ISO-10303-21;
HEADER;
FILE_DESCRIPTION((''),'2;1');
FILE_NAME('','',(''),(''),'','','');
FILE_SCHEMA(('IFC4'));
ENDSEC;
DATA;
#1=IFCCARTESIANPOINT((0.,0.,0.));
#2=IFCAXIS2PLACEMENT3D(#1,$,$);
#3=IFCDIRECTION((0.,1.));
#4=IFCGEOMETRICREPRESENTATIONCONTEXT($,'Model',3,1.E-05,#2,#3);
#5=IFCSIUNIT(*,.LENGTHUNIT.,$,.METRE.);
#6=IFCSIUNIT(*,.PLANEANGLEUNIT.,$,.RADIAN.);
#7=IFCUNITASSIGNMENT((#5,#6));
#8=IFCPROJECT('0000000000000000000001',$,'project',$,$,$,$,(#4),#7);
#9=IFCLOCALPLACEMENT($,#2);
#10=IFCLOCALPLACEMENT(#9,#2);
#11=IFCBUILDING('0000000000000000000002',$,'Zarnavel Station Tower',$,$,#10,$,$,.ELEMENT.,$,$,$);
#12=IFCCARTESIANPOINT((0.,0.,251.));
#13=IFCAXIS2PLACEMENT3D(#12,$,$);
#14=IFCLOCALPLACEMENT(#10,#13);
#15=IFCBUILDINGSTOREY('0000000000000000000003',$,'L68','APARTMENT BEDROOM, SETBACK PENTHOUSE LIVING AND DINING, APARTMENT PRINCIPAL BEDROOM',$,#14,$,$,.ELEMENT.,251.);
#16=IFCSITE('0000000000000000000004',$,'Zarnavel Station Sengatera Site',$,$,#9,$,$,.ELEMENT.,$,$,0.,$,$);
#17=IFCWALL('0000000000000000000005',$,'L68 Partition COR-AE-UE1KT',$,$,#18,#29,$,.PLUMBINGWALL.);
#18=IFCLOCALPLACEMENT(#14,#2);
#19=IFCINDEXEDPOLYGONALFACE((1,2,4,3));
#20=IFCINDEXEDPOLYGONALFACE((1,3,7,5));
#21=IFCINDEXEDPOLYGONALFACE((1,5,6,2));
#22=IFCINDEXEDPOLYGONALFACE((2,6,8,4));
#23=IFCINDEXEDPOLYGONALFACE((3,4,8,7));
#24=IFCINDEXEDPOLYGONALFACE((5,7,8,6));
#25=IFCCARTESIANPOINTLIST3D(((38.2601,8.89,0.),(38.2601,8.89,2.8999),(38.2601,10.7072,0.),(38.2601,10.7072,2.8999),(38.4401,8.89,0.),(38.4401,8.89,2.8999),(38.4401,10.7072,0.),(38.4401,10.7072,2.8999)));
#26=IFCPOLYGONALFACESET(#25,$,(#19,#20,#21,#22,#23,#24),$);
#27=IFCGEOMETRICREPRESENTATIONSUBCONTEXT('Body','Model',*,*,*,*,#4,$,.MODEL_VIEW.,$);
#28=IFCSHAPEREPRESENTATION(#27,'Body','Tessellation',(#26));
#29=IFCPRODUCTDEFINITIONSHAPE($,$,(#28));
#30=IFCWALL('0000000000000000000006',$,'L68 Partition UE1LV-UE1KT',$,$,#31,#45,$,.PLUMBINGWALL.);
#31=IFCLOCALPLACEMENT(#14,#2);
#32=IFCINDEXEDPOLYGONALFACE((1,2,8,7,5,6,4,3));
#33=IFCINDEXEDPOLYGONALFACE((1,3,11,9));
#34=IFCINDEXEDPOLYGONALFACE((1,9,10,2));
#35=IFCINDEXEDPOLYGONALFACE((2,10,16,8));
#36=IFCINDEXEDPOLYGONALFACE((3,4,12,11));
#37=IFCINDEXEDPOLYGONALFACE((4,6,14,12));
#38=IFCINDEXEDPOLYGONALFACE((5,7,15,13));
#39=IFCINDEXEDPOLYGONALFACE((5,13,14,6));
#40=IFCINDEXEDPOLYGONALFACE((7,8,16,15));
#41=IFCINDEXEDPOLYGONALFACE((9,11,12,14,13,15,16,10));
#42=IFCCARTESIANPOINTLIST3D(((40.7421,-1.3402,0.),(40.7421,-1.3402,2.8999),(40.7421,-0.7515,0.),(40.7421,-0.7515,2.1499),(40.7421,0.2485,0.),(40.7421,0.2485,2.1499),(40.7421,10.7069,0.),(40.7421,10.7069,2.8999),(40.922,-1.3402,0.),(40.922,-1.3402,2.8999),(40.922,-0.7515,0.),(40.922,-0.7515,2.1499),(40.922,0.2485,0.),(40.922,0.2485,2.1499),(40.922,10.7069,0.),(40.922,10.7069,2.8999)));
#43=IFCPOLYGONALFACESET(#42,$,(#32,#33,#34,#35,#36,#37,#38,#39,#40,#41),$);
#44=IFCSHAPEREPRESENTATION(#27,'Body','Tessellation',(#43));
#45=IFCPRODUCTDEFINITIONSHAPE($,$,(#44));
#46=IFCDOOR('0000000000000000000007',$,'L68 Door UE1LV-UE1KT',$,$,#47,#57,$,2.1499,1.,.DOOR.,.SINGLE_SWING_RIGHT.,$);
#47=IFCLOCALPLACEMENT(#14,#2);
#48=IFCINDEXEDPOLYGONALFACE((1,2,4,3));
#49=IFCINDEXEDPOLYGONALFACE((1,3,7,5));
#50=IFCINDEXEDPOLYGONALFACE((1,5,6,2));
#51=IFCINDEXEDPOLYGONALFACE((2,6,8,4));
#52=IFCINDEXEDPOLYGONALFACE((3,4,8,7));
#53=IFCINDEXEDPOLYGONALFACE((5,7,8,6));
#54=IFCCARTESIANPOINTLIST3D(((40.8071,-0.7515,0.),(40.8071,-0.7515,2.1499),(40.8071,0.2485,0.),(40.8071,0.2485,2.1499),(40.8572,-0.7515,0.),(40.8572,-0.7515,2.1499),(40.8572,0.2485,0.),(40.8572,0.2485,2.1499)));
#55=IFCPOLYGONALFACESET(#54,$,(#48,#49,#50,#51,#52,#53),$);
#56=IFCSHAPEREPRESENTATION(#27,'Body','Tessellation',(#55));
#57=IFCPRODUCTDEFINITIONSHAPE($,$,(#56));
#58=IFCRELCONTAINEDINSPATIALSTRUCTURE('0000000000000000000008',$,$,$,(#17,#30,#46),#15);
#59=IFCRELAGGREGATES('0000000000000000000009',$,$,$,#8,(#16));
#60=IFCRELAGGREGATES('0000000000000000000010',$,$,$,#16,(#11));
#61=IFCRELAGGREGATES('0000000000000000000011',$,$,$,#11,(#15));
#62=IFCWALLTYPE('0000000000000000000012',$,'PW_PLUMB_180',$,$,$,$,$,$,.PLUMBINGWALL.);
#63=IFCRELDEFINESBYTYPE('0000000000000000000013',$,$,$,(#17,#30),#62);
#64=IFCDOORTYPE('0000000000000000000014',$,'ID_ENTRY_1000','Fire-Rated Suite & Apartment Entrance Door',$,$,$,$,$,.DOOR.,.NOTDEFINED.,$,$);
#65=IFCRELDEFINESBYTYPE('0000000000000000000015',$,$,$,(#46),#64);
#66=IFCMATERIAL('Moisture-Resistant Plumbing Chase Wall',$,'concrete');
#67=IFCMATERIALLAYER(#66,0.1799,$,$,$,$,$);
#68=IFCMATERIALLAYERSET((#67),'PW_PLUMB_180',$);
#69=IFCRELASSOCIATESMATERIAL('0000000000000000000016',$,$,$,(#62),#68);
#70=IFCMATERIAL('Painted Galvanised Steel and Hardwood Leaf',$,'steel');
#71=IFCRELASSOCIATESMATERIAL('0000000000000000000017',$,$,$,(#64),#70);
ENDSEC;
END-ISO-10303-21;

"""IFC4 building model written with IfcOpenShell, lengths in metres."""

from ifc_helpers import new_model, si_unit, direction, frame, frame_2d, origin, place, context, subcontext, project, spatial, rectangle, extrude, material, layer, layer_set, type_object, element, fill, save


model = new_model("IFC4")

# Units and contexts
model_context = context("Model", 3, precision=1e-05, world=origin(), true_north=direction((0.0, 1.0)))
body_context = subcontext(model_context, "Body", "Model", "MODEL_VIEW")
ifc_project = project(units=[si_unit("LENGTHUNIT", "METRE"), si_unit("PLANEANGLEUNIT", "RADIAN")], contexts=[model_context])

# Site, building, storey
site_placement = place(None, origin())
site = spatial("IfcSite", under=ifc_project, at=site_placement, Name="Zarnavel Station Sengatera Site", CompositionType="ELEMENT", RefElevation=0.0)
building_placement = place(site_placement, origin())
building = spatial("IfcBuilding", under=site, at=building_placement, Name="Zarnavel Station Tower", CompositionType="ELEMENT")
storey_placement = place(building_placement, frame((0.0, 0.0, 251.0)))
storey = spatial("IfcBuildingStorey", under=building, at=storey_placement, Name="L68", Description="APARTMENT BEDROOM, SETBACK PENTHOUSE LIVING AND DINING, APARTMENT PRINCIPAL BEDROOM", CompositionType="ELEMENT", Elevation=251.0)

# Wall
ifc_material_1 = material(Name="Moisture-Resistant Plumbing Chase Wall", Category="concrete")
ifc_layer_1 = layer(ifc_material_1, 0.1799)
ifc_layer_set_1 = layer_set([ifc_layer_1], Name="PW_PLUMB_180")
wall_type_1 = type_object("IfcWallType", Name="PW_PLUMB_180", PredefinedType="PLUMBINGWALL", material=ifc_layer_set_1)
wall_1_placement = place(storey_placement, frame((38.3501, 8.8899, 0.0), z_axis=(0.0, 0.0, 1.0), x_axis=(0.0, 1.0, 0.0)))
element("IfcWall", 1, at=wall_1_placement, inside=storey, type_object=wall_type_1, Name="L68 Partition COR-AE-UE1KT", PredefinedType="PLUMBINGWALL", context=body_context, shape_type="SweptSolid", body=[
    extrude(rectangle(XDim=1.8171, YDim=0.1799, at=frame_2d((0.9087, 0.0))), origin(), (0.0, 0.0, 1.0), 2.8999),
])

# Wall, opening, door
wall_2_placement = place(storey_placement, frame((40.832, -1.3401, 0.0), z_axis=(0.0, 0.0, 1.0), x_axis=(0.0, 1.0, 0.0)))
wall_2 = element("IfcWall", 2, at=wall_2_placement, inside=storey, type_object=wall_type_1, Name="L68 Partition UE1LV-UE1KT", PredefinedType="PLUMBINGWALL", context=body_context, shape_type="SweptSolid", body=[
    extrude(rectangle(XDim=12.0471, YDim=0.1799, at=frame_2d((6.0234, 0.0))), origin(), (0.0, 0.0, 1.0), 2.8999),
])
opening_placement = place(wall_2_placement, frame((0.5886, 0.0, 0.0)))
opening = element("IfcOpeningElement", 3, at=opening_placement, cuts=wall_2, PredefinedType="OPENING", context=body_context, shape_type="SweptSolid", body=[
    extrude(rectangle(XDim=1.0, YDim=2.1499, at=frame_2d((0.5, 1.075))), frame((0.0, 0.0999, 0.0), z_axis=(0.0, -1.0, 0.0), x_axis=(1.0, 0.0, 0.0)), (0.0, 0.0, 1.0), 0.2),
])
ifc_material_2 = material(Name="Painted Galvanised Steel and Hardwood Leaf", Category="steel")
door_type = type_object("IfcDoorType", Name="ID_ENTRY_1000", Description="Fire-Rated Suite & Apartment Entrance Door", OperationType="NOTDEFINED", PredefinedType="DOOR", material=ifc_material_2)
door_placement = place(opening_placement, origin())
door = element("IfcDoor", 4, at=door_placement, inside=storey, type_object=door_type, Name="L68 Door UE1LV-UE1KT", OperationType="SINGLE_SWING_RIGHT", OverallHeight=2.1499, OverallWidth=1.0, PredefinedType="DOOR", context=body_context, shape_type="SweptSolid", body=[
    extrude(rectangle(XDim=1.0, YDim=2.1499, at=frame_2d((0.5, 1.075))), frame((0.0, 0.0249, 0.0), z_axis=(0.0, -1.0, 0.0), x_axis=(1.0, 0.0, 0.0)), (0.0, 0.0, 1.0), 0.05),
])
fill(opening, door)

save(model, "model.ifc")
